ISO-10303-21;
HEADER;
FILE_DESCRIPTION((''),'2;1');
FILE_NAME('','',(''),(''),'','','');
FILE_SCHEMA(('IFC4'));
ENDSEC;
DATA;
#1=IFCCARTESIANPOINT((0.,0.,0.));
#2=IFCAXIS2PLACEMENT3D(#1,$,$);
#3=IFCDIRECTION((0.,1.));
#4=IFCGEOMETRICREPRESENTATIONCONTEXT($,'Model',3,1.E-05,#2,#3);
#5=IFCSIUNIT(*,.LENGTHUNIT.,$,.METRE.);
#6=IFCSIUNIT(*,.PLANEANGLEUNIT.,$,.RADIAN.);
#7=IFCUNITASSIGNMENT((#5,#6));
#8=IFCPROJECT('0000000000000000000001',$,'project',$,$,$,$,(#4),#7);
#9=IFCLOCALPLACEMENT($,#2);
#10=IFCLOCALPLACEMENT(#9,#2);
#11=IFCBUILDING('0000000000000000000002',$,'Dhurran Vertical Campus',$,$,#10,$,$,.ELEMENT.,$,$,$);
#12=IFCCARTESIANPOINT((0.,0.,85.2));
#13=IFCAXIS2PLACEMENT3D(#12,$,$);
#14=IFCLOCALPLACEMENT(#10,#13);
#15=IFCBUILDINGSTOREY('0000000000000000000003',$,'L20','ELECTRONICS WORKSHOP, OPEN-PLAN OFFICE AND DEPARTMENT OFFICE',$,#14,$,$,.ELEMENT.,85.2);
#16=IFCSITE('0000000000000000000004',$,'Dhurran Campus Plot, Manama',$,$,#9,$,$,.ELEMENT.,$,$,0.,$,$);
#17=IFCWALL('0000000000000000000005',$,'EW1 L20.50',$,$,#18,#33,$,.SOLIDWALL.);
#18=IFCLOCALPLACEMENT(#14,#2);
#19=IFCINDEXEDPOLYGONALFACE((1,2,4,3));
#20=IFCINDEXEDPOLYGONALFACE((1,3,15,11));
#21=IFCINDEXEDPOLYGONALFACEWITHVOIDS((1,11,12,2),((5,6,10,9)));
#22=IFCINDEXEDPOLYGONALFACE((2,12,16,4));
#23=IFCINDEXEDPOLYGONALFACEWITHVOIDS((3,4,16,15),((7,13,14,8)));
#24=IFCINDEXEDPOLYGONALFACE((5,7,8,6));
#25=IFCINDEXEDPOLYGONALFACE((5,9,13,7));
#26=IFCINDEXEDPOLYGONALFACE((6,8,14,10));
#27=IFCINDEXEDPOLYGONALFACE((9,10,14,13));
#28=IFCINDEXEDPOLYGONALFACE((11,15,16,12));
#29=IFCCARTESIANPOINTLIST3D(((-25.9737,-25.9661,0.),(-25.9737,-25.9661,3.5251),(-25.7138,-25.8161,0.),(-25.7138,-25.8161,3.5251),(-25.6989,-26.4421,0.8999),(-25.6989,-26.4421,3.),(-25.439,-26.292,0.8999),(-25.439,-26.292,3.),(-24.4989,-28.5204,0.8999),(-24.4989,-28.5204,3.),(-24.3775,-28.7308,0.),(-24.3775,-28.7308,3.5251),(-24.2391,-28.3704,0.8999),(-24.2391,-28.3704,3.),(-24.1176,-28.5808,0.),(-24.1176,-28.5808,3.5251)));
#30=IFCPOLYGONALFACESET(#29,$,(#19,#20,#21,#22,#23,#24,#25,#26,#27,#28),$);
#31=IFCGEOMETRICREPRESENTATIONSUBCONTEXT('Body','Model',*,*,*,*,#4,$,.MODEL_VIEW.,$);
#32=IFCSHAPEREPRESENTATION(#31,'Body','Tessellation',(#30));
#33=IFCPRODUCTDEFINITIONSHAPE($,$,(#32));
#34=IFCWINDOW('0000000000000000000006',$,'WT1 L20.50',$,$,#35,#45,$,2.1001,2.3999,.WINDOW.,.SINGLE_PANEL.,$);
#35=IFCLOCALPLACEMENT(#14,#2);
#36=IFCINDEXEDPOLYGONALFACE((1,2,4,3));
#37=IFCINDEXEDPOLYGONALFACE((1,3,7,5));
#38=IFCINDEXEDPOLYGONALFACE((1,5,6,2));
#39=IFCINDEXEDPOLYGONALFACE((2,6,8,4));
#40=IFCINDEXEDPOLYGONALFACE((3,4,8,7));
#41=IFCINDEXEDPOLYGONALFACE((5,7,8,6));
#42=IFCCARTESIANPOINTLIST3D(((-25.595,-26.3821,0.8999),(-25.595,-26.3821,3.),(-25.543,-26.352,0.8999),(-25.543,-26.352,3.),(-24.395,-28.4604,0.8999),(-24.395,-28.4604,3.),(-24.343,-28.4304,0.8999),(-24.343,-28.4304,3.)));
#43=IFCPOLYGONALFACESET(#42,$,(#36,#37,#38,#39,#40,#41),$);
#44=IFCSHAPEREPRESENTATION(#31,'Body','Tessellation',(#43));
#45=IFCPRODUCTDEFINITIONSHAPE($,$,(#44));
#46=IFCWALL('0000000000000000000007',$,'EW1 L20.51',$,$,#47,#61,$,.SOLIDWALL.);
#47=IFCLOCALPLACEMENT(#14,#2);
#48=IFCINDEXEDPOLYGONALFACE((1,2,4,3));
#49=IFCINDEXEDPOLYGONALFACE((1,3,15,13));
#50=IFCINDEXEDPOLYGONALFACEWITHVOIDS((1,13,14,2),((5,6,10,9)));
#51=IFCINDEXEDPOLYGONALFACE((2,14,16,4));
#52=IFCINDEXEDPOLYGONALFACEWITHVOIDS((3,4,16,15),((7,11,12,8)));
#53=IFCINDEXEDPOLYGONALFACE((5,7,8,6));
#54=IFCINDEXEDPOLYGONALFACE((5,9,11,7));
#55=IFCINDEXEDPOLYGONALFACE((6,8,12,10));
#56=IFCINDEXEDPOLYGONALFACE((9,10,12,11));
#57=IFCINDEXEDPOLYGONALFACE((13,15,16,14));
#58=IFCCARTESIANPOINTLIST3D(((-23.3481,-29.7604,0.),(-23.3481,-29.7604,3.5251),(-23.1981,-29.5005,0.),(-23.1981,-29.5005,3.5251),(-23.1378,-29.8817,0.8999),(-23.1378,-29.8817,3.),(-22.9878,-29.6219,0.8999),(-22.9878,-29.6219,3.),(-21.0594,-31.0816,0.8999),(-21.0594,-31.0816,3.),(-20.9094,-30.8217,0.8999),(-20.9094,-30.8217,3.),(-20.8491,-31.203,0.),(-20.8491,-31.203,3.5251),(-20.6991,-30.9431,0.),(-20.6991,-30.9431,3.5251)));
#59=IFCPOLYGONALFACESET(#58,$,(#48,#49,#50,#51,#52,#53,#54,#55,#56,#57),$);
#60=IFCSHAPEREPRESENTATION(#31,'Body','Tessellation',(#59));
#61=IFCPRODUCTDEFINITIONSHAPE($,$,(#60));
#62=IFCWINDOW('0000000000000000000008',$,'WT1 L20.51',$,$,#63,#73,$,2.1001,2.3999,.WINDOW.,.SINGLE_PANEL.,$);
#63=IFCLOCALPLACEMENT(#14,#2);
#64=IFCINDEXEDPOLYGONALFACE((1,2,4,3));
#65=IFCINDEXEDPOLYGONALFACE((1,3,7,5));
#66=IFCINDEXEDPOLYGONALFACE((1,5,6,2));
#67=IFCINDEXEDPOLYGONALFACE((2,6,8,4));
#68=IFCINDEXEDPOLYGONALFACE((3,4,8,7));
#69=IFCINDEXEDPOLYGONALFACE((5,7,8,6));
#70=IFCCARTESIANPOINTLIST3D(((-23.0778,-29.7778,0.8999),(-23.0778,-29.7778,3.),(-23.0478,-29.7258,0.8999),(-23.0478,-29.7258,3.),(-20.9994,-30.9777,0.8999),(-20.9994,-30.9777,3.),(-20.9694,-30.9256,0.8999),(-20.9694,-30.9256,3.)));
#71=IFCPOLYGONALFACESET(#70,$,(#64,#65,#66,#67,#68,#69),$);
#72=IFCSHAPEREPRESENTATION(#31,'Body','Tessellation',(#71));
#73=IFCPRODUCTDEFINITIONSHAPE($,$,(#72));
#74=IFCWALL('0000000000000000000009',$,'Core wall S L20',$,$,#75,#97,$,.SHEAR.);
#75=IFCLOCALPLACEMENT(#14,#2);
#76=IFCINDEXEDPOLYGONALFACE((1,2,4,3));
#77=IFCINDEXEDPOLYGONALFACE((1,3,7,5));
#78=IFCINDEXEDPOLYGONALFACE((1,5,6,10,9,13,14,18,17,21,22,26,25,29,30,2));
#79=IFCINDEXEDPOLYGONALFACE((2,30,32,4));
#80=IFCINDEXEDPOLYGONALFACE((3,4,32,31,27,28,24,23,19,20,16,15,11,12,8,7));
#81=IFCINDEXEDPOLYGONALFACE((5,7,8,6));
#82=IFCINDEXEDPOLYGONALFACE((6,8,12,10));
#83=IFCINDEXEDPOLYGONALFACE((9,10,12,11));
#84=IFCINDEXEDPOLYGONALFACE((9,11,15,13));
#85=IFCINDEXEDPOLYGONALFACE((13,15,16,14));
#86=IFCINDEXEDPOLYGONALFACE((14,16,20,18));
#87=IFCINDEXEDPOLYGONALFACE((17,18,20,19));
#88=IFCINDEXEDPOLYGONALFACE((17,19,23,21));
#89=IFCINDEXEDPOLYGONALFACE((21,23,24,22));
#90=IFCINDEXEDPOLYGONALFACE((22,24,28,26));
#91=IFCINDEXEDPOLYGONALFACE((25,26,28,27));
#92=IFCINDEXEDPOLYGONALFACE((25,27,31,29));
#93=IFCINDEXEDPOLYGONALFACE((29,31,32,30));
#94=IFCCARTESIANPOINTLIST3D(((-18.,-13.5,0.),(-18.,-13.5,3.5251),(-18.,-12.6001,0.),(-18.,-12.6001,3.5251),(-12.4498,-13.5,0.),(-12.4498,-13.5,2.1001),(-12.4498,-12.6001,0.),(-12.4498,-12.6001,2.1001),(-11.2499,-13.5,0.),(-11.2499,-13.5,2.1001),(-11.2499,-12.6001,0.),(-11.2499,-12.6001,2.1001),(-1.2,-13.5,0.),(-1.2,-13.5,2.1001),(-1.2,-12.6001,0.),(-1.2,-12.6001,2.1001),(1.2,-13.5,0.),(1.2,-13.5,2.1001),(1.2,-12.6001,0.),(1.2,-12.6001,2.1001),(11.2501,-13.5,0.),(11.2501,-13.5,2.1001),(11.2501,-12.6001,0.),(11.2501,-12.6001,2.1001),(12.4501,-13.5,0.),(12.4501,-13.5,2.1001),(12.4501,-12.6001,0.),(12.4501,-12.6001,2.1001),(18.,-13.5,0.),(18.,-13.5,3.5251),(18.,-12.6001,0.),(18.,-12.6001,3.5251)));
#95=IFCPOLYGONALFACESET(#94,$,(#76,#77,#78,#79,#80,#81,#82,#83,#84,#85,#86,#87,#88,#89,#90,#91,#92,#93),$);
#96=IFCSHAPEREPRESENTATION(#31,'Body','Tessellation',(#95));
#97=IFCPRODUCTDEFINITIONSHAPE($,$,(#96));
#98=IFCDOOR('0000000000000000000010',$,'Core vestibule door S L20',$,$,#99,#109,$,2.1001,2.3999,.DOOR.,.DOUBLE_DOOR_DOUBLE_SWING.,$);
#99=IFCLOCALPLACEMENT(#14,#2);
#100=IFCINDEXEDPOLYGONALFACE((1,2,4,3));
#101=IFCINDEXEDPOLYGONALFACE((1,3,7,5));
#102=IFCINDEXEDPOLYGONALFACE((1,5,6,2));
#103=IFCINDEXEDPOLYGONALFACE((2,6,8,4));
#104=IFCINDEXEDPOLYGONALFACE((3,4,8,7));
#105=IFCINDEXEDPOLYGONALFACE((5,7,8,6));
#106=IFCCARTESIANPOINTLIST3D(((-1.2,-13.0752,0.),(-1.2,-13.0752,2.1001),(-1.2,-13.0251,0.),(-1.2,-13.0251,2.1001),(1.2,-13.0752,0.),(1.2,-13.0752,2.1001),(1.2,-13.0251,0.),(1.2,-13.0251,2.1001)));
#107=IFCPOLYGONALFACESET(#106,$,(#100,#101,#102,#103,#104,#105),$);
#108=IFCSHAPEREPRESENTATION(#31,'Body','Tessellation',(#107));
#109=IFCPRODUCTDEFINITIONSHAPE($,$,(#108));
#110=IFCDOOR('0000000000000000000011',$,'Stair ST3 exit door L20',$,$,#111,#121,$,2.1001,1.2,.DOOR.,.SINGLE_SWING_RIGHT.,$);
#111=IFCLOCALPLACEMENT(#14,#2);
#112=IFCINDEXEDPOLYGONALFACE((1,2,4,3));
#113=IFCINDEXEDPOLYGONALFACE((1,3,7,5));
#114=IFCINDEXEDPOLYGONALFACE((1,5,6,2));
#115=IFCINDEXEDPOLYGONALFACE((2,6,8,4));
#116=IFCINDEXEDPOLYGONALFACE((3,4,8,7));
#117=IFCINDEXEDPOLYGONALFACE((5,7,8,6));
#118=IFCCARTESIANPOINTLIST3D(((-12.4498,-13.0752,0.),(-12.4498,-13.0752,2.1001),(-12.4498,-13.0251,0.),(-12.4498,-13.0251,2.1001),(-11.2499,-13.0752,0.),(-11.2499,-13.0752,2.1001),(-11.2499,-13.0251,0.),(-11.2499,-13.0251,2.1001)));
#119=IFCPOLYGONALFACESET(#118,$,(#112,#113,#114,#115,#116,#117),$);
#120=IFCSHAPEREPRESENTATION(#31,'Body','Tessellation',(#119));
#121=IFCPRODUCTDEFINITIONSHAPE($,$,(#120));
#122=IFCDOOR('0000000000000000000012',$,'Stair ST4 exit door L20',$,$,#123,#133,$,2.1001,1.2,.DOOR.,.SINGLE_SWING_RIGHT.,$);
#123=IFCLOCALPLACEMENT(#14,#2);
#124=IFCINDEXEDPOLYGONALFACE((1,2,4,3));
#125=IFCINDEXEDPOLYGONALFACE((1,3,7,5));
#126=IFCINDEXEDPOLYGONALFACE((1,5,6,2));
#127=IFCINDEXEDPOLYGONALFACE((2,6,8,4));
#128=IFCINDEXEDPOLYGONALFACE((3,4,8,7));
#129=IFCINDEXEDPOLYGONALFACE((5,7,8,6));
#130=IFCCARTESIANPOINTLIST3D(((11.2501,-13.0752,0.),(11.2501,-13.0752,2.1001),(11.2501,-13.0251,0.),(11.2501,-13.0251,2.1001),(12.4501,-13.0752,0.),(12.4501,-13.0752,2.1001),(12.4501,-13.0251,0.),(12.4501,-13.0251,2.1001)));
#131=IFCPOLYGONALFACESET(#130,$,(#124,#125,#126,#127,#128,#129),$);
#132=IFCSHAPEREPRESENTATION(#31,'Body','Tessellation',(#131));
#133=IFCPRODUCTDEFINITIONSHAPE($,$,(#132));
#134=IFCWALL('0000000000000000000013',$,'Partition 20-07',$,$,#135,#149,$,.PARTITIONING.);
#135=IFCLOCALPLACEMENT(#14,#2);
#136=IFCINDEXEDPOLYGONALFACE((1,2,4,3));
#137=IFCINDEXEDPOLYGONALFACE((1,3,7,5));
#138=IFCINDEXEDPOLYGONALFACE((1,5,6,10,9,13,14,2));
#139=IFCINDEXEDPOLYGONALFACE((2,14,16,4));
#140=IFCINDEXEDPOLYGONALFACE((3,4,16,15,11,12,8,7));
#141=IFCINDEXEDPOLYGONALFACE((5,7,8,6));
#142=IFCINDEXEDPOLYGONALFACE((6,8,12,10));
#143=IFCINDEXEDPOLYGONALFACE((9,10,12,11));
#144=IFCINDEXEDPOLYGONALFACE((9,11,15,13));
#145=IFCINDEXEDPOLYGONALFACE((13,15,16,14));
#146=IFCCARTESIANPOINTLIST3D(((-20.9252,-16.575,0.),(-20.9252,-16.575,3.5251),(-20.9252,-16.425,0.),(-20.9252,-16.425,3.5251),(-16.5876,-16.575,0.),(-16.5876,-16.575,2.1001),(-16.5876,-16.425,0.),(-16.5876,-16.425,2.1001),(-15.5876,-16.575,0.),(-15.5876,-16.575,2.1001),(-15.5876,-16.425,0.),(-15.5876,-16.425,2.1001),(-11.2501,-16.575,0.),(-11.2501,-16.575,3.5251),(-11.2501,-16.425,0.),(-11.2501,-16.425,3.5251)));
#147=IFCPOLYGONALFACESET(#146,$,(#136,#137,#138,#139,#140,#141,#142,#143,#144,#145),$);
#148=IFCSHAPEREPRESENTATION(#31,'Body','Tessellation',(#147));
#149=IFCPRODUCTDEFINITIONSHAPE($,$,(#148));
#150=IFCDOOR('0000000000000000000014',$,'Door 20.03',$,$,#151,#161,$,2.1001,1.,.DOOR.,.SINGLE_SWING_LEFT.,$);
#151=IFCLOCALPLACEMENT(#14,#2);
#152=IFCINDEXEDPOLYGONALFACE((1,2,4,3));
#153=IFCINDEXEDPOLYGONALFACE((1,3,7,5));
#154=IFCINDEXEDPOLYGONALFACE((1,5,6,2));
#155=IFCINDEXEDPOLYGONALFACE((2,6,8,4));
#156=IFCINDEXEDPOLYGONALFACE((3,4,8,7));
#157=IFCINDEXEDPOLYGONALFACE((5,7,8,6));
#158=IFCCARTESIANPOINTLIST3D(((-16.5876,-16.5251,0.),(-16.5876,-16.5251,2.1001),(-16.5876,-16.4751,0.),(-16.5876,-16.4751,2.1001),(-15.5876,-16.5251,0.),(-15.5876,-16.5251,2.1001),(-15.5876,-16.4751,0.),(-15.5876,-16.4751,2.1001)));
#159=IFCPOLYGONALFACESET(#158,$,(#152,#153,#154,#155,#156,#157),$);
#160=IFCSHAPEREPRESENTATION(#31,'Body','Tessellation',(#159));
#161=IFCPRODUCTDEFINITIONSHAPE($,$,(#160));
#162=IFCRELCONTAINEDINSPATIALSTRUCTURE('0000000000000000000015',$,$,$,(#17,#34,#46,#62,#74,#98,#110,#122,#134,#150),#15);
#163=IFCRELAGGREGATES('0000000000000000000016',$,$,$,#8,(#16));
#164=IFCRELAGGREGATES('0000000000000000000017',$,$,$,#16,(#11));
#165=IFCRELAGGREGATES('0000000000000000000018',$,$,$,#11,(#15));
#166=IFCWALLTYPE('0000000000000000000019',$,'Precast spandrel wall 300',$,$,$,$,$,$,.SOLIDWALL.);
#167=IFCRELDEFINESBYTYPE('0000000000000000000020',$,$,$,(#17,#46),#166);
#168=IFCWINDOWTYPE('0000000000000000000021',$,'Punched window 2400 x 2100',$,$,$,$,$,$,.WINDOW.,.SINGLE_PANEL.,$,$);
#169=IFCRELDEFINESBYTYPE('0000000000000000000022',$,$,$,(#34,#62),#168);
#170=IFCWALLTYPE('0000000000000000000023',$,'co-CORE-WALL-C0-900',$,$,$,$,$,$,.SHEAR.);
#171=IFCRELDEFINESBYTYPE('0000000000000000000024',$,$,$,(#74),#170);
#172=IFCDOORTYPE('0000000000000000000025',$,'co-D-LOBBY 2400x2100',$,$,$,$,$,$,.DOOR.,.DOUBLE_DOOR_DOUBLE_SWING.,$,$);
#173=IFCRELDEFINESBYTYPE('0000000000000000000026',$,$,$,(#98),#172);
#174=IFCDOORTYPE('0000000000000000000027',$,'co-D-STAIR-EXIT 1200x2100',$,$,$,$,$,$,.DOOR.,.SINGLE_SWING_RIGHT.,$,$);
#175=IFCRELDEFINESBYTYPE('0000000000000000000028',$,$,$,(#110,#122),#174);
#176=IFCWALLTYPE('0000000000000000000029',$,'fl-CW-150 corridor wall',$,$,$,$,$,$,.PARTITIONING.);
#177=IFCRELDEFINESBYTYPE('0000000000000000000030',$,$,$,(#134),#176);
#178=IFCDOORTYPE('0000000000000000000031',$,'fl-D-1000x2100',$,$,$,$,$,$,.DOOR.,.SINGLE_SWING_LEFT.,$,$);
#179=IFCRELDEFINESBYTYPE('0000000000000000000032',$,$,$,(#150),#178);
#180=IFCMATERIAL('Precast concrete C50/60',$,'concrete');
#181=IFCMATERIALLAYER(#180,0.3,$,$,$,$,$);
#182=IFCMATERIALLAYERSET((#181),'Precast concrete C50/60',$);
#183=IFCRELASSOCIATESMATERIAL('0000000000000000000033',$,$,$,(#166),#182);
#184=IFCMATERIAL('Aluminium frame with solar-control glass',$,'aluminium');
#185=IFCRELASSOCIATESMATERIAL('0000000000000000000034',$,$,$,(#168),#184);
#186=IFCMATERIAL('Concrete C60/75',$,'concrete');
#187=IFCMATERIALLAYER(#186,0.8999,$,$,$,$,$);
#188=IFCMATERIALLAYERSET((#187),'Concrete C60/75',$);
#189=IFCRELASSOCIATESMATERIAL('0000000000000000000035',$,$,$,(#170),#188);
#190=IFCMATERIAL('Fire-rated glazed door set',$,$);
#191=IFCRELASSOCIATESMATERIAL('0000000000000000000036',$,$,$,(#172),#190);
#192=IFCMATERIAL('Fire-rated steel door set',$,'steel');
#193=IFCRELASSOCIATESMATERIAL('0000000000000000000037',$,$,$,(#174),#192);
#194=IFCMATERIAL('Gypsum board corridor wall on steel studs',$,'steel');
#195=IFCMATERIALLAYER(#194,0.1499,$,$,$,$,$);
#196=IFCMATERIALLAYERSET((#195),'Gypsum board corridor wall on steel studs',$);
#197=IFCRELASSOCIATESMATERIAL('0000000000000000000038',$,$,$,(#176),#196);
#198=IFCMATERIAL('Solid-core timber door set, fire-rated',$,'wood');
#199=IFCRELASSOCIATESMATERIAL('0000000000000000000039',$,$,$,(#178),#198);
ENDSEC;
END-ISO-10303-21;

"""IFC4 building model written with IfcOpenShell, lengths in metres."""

from ifc_helpers import new_model, si_unit, direction, frame, frame_2d, origin, place, context, subcontext, project, spatial, rectangle, extrude, material, layer, layer_set, type_object, element, fill, save


model = new_model("IFC4")

# Units and contexts
model_context = context("Model", 3, precision=1e-05, world=origin(), true_north=direction((0.0, 1.0)))
body_context = subcontext(model_context, "Body", "Model", "MODEL_VIEW")
ifc_project = project(units=[si_unit("LENGTHUNIT", "METRE"), si_unit("PLANEANGLEUNIT", "RADIAN")], contexts=[model_context])

# Site, building, storey
site_placement = place(None, origin())
site = spatial("IfcSite", under=ifc_project, at=site_placement, Name="Dhurran Campus Plot, Manama", CompositionType="ELEMENT", RefElevation=0.0)
building_placement = place(site_placement, origin())
building = spatial("IfcBuilding", under=site, at=building_placement, Name="Dhurran Vertical Campus", CompositionType="ELEMENT")
storey_placement = place(building_placement, frame((0.0, 0.0, 85.2)))
storey = spatial("IfcBuildingStorey", under=building, at=storey_placement, Name="L20", Description="ELECTRONICS WORKSHOP, OPEN-PLAN OFFICE AND DEPARTMENT OFFICE", CompositionType="ELEMENT", Elevation=85.2)

# Walls, openings, windows
ifc_material_1 = material(Name="Precast concrete C50/60", Category="concrete")
ifc_layer_1 = layer(ifc_material_1, 0.3)
ifc_layer_set_1 = layer_set([ifc_layer_1], Name="Precast concrete C50/60")
wall_type_1 = type_object("IfcWallType", Name="Precast spandrel wall 300", PredefinedType="SOLIDWALL", material=ifc_layer_set_1)
ifc_material_2 = material(Name="Aluminium frame with solar-control glass", Category="aluminium")
window_type = type_object("IfcWindowType", Name="Punched window 2400 x 2100", PartitioningType="SINGLE_PANEL", PredefinedType="WINDOW", material=ifc_material_2)
wall_1_placement = place(storey_placement, frame((-25.8438, -25.8911, 0.0), z_axis=(0.0, 0.0, 1.0), x_axis=(0.500005, -0.866023, 0.0)))
wall_1 = element("IfcWall", 1, at=wall_1_placement, inside=storey, type_object=wall_type_1, Name="EW1 L20.50", PredefinedType="SOLIDWALL", context=body_context, shape_type="SweptSolid", body=[
    extrude(rectangle(XDim=3.1924, YDim=0.3, at=frame_2d((1.5962, 0.0))), origin(), (0.0, 0.0, 1.0), 3.5251),
])
opening_1_placement = place(wall_1_placement, frame((0.5496, 0.0, 0.8999)))
opening_1 = element("IfcOpeningElement", 2, at=opening_1_placement, cuts=wall_1, PredefinedType="OPENING", context=body_context, shape_type="SweptSolid", body=[
    extrude(rectangle(XDim=2.3999, YDim=2.1001, at=frame_2d((1.2, 1.05))), frame((0.0, 0.1599, 0.0), z_axis=(0.0, -1.0, 0.0), x_axis=(1.0, 0.0, 0.0)), (0.0, 0.0, 1.0), 0.3201),
])
window_1_placement = place(opening_1_placement, origin())
window_1 = element("IfcWindow", 3, at=window_1_placement, inside=storey, type_object=window_type, Name="WT1 L20.50", OverallHeight=2.1001, OverallWidth=2.3999, PartitioningType="SINGLE_PANEL", PredefinedType="WINDOW", context=body_context, shape_type="SweptSolid", body=[
    extrude(rectangle(XDim=2.3999, YDim=2.1001, at=frame_2d((1.2, 1.05))), frame((0.0, 0.03, 0.0), z_axis=(0.0, -1.0, 0.0), x_axis=(1.0, 0.0, 0.0)), (0.0, 0.0, 1.0), 0.0601),
])
fill(opening_1, window_1)
wall_2_placement = place(storey_placement, frame((-23.2732, -29.6304, 0.0), z_axis=(0.0, 0.0, 1.0), x_axis=(0.866053, -0.499952, 0.0)))
wall_2 = element("IfcWall", 4, at=wall_2_placement, inside=storey, type_object=wall_type_1, Name="EW1 L20.51", PredefinedType="SOLIDWALL", context=body_context, shape_type="SweptSolid", body=[
    extrude(rectangle(XDim=2.8855, YDim=0.3, at=frame_2d((1.4429, 0.0))), origin(), (0.0, 0.0, 1.0), 3.5251),
])
opening_2_placement = place(wall_2_placement, frame((0.2429, 0.0, 0.8999)))
opening_2 = element("IfcOpeningElement", 5, at=opening_2_placement, cuts=wall_2, PredefinedType="OPENING", context=body_context, shape_type="SweptSolid", body=[
    extrude(rectangle(XDim=2.3999, YDim=2.1001, at=frame_2d((1.2, 1.05))), frame((0.0, 0.1599, 0.0), z_axis=(0.0, -1.0, 0.0), x_axis=(1.0, 0.0, 0.0)), (0.0, 0.0, 1.0), 0.3201),
])
window_2_placement = place(opening_2_placement, origin())
window_2 = element("IfcWindow", 6, at=window_2_placement, inside=storey, type_object=window_type, Name="WT1 L20.51", OverallHeight=2.1001, OverallWidth=2.3999, PartitioningType="SINGLE_PANEL", PredefinedType="WINDOW", context=body_context, shape_type="SweptSolid", body=[
    extrude(rectangle(XDim=2.3999, YDim=2.1001, at=frame_2d((1.2, 1.05))), frame((0.0, 0.03, 0.0), z_axis=(0.0, -1.0, 0.0), x_axis=(1.0, 0.0, 0.0)), (0.0, 0.0, 1.0), 0.0601),
])
fill(opening_2, window_2)

# Wall, openings, doors
ifc_material_3 = material(Name="Concrete C60/75", Category="concrete")
ifc_layer_2 = layer(ifc_material_3, 0.8999)
ifc_layer_set_2 = layer_set([ifc_layer_2], Name="Concrete C60/75")
wall_type_2 = type_object("IfcWallType", Name="co-CORE-WALL-C0-900", PredefinedType="SHEAR", material=ifc_layer_set_2)
wall_3_placement = place(storey_placement, frame((-18.0, -13.05, 0.0), z_axis=(0.0, 0.0, 1.0), x_axis=(1.0, 0.0, 0.0)))
wall_3 = element("IfcWall", 7, at=wall_3_placement, inside=storey, type_object=wall_type_2, Name="Core wall S L20", PredefinedType="SHEAR", context=body_context, shape_type="SweptSolid", body=[
    extrude(rectangle(XDim=36.0, YDim=0.8999, at=frame_2d((18.0, 0.0))), origin(), (0.0, 0.0, 1.0), 3.5251),
])
opening_3_placement = place(wall_3_placement, frame((16.8, 0.0, 0.0)))
opening_3 = element("IfcOpeningElement", 8, at=opening_3_placement, cuts=wall_3, PredefinedType="OPENING", context=body_context, shape_type="SweptSolid", body=[
    extrude(rectangle(XDim=2.3999, YDim=2.1001, at=frame_2d((1.2, 1.05))), frame((0.0, 0.46, 0.0), z_axis=(0.0, -1.0, 0.0), x_axis=(1.0, 0.0, 0.0)), (0.0, 0.0, 1.0), 0.9199),
])
opening_4_placement = place(wall_3_placement, frame((5.55, 0.0, 0.0)))
opening_4 = element("IfcOpeningElement", 9, at=opening_4_placement, cuts=wall_3, PredefinedType="OPENING", context=body_context, shape_type="SweptSolid", body=[
    extrude(rectangle(XDim=1.2, YDim=2.1001, at=frame_2d((0.6001, 1.05))), frame((0.0, 0.46, 0.0), z_axis=(0.0, -1.0, 0.0), x_axis=(1.0, 0.0, 0.0)), (0.0, 0.0, 1.0), 0.9199),
])
opening_5_placement = place(wall_3_placement, frame((29.25, 0.0, 0.0)))
opening_5 = element("IfcOpeningElement", 10, at=opening_5_placement, cuts=wall_3, PredefinedType="OPENING", context=body_context, shape_type="SweptSolid", body=[
    extrude(rectangle(XDim=1.2, YDim=2.1001, at=frame_2d((0.6001, 1.05))), frame((0.0, 0.46, 0.0), z_axis=(0.0, -1.0, 0.0), x_axis=(1.0, 0.0, 0.0)), (0.0, 0.0, 1.0), 0.9199),
])
ifc_material_4 = material(Name="Fire-rated glazed door set")
door_type_1 = type_object("IfcDoorType", Name="co-D-LOBBY 2400x2100", OperationType="DOUBLE_DOOR_DOUBLE_SWING", PredefinedType="DOOR", material=ifc_material_4)
door_1_placement = place(opening_3_placement, origin())
door_1 = element("IfcDoor", 11, at=door_1_placement, inside=storey, type_object=door_type_1, Name="Core vestibule door S L20", OperationType="DOUBLE_DOOR_DOUBLE_SWING", OverallHeight=2.1001, OverallWidth=2.3999, PredefinedType="DOOR", context=body_context, shape_type="SweptSolid", body=[
    extrude(rectangle(XDim=2.3999, YDim=2.1001, at=frame_2d((1.2, 1.05))), frame((0.0, 0.0249, 0.0), z_axis=(0.0, -1.0, 0.0), x_axis=(1.0, 0.0, 0.0)), (0.0, 0.0, 1.0), 0.05),
])
fill(opening_3, door_1)
ifc_material_5 = material(Name="Fire-rated steel door set", Category="steel")
door_type_2 = type_object("IfcDoorType", Name="co-D-STAIR-EXIT 1200x2100", OperationType="SINGLE_SWING_RIGHT", PredefinedType="DOOR", material=ifc_material_5)
door_2_placement = place(opening_4_placement, origin())
door_2 = element("IfcDoor", 12, at=door_2_placement, inside=storey, type_object=door_type_2, Name="Stair ST3 exit door L20", OperationType="SINGLE_SWING_RIGHT", OverallHeight=2.1001, OverallWidth=1.2, PredefinedType="DOOR", context=body_context, shape_type="SweptSolid", body=[
    extrude(rectangle(XDim=1.2, YDim=2.1001, at=frame_2d((0.6001, 1.05))), frame((0.0, 0.0249, 0.0), z_axis=(0.0, -1.0, 0.0), x_axis=(1.0, 0.0, 0.0)), (0.0, 0.0, 1.0), 0.05),
])
fill(opening_4, door_2)
door_3_placement = place(opening_5_placement, origin())
door_3 = element("IfcDoor", 13, at=door_3_placement, inside=storey, type_object=door_type_2, Name="Stair ST4 exit door L20", OperationType="SINGLE_SWING_RIGHT", OverallHeight=2.1001, OverallWidth=1.2, PredefinedType="DOOR", context=body_context, shape_type="SweptSolid", body=[
    extrude(rectangle(XDim=1.2, YDim=2.1001, at=frame_2d((0.6001, 1.05))), frame((0.0, 0.0249, 0.0), z_axis=(0.0, -1.0, 0.0), x_axis=(1.0, 0.0, 0.0)), (0.0, 0.0, 1.0), 0.05),
])
fill(opening_5, door_3)

# Wall, opening, door
ifc_material_6 = material(Name="Gypsum board corridor wall on steel studs", Category="steel")
ifc_layer_3 = layer(ifc_material_6, 0.1499)
ifc_layer_set_3 = layer_set([ifc_layer_3], Name="Gypsum board corridor wall on steel studs")
wall_type_3 = type_object("IfcWallType", Name="fl-CW-150 corridor wall", PredefinedType="PARTITIONING", material=ifc_layer_set_3)
wall_4_placement = place(storey_placement, frame((-20.925, -16.5, 0.0), z_axis=(0.0, 0.0, 1.0), x_axis=(1.0, 0.0, 0.0)))
wall_4 = element("IfcWall", 14, at=wall_4_placement, inside=storey, type_object=wall_type_3, Name="Partition 20-07", PredefinedType="PARTITIONING", context=body_context, shape_type="SweptSolid", body=[
    extrude(rectangle(XDim=9.675, YDim=0.1499, at=frame_2d((4.8374, 0.0))), origin(), (0.0, 0.0, 1.0), 3.5251),
])
opening_6_placement = place(wall_4_placement, frame((4.3374, 0.0, 0.0)))
opening_6 = element("IfcOpeningElement", 15, at=opening_6_placement, cuts=wall_4, PredefinedType="OPENING", context=body_context, shape_type="SweptSolid", body=[
    extrude(rectangle(XDim=1.0, YDim=2.1001, at=frame_2d((0.5, 1.05))), frame((0.0, 0.085, 0.0), z_axis=(0.0, -1.0, 0.0), x_axis=(1.0, 0.0, 0.0)), (0.0, 0.0, 1.0), 0.1699),
])
ifc_material_7 = material(Name="Solid-core timber door set, fire-rated", Category="wood")
door_type_3 = type_object("IfcDoorType", Name="fl-D-1000x2100", OperationType="SINGLE_SWING_LEFT", PredefinedType="DOOR", material=ifc_material_7)
door_4_placement = place(opening_6_placement, origin())
door_4 = element("IfcDoor", 16, at=door_4_placement, inside=storey, type_object=door_type_3, Name="Door 20.03", OperationType="SINGLE_SWING_LEFT", OverallHeight=2.1001, OverallWidth=1.0, PredefinedType="DOOR", context=body_context, shape_type="SweptSolid", body=[
    extrude(rectangle(XDim=1.0, YDim=2.1001, at=frame_2d((0.5, 1.05))), frame((0.0, 0.0249, 0.0), z_axis=(0.0, -1.0, 0.0), x_axis=(1.0, 0.0, 0.0)), (0.0, 0.0, 1.0), 0.05),
])
fill(opening_6, door_4)

save(model, "model.ifc")
